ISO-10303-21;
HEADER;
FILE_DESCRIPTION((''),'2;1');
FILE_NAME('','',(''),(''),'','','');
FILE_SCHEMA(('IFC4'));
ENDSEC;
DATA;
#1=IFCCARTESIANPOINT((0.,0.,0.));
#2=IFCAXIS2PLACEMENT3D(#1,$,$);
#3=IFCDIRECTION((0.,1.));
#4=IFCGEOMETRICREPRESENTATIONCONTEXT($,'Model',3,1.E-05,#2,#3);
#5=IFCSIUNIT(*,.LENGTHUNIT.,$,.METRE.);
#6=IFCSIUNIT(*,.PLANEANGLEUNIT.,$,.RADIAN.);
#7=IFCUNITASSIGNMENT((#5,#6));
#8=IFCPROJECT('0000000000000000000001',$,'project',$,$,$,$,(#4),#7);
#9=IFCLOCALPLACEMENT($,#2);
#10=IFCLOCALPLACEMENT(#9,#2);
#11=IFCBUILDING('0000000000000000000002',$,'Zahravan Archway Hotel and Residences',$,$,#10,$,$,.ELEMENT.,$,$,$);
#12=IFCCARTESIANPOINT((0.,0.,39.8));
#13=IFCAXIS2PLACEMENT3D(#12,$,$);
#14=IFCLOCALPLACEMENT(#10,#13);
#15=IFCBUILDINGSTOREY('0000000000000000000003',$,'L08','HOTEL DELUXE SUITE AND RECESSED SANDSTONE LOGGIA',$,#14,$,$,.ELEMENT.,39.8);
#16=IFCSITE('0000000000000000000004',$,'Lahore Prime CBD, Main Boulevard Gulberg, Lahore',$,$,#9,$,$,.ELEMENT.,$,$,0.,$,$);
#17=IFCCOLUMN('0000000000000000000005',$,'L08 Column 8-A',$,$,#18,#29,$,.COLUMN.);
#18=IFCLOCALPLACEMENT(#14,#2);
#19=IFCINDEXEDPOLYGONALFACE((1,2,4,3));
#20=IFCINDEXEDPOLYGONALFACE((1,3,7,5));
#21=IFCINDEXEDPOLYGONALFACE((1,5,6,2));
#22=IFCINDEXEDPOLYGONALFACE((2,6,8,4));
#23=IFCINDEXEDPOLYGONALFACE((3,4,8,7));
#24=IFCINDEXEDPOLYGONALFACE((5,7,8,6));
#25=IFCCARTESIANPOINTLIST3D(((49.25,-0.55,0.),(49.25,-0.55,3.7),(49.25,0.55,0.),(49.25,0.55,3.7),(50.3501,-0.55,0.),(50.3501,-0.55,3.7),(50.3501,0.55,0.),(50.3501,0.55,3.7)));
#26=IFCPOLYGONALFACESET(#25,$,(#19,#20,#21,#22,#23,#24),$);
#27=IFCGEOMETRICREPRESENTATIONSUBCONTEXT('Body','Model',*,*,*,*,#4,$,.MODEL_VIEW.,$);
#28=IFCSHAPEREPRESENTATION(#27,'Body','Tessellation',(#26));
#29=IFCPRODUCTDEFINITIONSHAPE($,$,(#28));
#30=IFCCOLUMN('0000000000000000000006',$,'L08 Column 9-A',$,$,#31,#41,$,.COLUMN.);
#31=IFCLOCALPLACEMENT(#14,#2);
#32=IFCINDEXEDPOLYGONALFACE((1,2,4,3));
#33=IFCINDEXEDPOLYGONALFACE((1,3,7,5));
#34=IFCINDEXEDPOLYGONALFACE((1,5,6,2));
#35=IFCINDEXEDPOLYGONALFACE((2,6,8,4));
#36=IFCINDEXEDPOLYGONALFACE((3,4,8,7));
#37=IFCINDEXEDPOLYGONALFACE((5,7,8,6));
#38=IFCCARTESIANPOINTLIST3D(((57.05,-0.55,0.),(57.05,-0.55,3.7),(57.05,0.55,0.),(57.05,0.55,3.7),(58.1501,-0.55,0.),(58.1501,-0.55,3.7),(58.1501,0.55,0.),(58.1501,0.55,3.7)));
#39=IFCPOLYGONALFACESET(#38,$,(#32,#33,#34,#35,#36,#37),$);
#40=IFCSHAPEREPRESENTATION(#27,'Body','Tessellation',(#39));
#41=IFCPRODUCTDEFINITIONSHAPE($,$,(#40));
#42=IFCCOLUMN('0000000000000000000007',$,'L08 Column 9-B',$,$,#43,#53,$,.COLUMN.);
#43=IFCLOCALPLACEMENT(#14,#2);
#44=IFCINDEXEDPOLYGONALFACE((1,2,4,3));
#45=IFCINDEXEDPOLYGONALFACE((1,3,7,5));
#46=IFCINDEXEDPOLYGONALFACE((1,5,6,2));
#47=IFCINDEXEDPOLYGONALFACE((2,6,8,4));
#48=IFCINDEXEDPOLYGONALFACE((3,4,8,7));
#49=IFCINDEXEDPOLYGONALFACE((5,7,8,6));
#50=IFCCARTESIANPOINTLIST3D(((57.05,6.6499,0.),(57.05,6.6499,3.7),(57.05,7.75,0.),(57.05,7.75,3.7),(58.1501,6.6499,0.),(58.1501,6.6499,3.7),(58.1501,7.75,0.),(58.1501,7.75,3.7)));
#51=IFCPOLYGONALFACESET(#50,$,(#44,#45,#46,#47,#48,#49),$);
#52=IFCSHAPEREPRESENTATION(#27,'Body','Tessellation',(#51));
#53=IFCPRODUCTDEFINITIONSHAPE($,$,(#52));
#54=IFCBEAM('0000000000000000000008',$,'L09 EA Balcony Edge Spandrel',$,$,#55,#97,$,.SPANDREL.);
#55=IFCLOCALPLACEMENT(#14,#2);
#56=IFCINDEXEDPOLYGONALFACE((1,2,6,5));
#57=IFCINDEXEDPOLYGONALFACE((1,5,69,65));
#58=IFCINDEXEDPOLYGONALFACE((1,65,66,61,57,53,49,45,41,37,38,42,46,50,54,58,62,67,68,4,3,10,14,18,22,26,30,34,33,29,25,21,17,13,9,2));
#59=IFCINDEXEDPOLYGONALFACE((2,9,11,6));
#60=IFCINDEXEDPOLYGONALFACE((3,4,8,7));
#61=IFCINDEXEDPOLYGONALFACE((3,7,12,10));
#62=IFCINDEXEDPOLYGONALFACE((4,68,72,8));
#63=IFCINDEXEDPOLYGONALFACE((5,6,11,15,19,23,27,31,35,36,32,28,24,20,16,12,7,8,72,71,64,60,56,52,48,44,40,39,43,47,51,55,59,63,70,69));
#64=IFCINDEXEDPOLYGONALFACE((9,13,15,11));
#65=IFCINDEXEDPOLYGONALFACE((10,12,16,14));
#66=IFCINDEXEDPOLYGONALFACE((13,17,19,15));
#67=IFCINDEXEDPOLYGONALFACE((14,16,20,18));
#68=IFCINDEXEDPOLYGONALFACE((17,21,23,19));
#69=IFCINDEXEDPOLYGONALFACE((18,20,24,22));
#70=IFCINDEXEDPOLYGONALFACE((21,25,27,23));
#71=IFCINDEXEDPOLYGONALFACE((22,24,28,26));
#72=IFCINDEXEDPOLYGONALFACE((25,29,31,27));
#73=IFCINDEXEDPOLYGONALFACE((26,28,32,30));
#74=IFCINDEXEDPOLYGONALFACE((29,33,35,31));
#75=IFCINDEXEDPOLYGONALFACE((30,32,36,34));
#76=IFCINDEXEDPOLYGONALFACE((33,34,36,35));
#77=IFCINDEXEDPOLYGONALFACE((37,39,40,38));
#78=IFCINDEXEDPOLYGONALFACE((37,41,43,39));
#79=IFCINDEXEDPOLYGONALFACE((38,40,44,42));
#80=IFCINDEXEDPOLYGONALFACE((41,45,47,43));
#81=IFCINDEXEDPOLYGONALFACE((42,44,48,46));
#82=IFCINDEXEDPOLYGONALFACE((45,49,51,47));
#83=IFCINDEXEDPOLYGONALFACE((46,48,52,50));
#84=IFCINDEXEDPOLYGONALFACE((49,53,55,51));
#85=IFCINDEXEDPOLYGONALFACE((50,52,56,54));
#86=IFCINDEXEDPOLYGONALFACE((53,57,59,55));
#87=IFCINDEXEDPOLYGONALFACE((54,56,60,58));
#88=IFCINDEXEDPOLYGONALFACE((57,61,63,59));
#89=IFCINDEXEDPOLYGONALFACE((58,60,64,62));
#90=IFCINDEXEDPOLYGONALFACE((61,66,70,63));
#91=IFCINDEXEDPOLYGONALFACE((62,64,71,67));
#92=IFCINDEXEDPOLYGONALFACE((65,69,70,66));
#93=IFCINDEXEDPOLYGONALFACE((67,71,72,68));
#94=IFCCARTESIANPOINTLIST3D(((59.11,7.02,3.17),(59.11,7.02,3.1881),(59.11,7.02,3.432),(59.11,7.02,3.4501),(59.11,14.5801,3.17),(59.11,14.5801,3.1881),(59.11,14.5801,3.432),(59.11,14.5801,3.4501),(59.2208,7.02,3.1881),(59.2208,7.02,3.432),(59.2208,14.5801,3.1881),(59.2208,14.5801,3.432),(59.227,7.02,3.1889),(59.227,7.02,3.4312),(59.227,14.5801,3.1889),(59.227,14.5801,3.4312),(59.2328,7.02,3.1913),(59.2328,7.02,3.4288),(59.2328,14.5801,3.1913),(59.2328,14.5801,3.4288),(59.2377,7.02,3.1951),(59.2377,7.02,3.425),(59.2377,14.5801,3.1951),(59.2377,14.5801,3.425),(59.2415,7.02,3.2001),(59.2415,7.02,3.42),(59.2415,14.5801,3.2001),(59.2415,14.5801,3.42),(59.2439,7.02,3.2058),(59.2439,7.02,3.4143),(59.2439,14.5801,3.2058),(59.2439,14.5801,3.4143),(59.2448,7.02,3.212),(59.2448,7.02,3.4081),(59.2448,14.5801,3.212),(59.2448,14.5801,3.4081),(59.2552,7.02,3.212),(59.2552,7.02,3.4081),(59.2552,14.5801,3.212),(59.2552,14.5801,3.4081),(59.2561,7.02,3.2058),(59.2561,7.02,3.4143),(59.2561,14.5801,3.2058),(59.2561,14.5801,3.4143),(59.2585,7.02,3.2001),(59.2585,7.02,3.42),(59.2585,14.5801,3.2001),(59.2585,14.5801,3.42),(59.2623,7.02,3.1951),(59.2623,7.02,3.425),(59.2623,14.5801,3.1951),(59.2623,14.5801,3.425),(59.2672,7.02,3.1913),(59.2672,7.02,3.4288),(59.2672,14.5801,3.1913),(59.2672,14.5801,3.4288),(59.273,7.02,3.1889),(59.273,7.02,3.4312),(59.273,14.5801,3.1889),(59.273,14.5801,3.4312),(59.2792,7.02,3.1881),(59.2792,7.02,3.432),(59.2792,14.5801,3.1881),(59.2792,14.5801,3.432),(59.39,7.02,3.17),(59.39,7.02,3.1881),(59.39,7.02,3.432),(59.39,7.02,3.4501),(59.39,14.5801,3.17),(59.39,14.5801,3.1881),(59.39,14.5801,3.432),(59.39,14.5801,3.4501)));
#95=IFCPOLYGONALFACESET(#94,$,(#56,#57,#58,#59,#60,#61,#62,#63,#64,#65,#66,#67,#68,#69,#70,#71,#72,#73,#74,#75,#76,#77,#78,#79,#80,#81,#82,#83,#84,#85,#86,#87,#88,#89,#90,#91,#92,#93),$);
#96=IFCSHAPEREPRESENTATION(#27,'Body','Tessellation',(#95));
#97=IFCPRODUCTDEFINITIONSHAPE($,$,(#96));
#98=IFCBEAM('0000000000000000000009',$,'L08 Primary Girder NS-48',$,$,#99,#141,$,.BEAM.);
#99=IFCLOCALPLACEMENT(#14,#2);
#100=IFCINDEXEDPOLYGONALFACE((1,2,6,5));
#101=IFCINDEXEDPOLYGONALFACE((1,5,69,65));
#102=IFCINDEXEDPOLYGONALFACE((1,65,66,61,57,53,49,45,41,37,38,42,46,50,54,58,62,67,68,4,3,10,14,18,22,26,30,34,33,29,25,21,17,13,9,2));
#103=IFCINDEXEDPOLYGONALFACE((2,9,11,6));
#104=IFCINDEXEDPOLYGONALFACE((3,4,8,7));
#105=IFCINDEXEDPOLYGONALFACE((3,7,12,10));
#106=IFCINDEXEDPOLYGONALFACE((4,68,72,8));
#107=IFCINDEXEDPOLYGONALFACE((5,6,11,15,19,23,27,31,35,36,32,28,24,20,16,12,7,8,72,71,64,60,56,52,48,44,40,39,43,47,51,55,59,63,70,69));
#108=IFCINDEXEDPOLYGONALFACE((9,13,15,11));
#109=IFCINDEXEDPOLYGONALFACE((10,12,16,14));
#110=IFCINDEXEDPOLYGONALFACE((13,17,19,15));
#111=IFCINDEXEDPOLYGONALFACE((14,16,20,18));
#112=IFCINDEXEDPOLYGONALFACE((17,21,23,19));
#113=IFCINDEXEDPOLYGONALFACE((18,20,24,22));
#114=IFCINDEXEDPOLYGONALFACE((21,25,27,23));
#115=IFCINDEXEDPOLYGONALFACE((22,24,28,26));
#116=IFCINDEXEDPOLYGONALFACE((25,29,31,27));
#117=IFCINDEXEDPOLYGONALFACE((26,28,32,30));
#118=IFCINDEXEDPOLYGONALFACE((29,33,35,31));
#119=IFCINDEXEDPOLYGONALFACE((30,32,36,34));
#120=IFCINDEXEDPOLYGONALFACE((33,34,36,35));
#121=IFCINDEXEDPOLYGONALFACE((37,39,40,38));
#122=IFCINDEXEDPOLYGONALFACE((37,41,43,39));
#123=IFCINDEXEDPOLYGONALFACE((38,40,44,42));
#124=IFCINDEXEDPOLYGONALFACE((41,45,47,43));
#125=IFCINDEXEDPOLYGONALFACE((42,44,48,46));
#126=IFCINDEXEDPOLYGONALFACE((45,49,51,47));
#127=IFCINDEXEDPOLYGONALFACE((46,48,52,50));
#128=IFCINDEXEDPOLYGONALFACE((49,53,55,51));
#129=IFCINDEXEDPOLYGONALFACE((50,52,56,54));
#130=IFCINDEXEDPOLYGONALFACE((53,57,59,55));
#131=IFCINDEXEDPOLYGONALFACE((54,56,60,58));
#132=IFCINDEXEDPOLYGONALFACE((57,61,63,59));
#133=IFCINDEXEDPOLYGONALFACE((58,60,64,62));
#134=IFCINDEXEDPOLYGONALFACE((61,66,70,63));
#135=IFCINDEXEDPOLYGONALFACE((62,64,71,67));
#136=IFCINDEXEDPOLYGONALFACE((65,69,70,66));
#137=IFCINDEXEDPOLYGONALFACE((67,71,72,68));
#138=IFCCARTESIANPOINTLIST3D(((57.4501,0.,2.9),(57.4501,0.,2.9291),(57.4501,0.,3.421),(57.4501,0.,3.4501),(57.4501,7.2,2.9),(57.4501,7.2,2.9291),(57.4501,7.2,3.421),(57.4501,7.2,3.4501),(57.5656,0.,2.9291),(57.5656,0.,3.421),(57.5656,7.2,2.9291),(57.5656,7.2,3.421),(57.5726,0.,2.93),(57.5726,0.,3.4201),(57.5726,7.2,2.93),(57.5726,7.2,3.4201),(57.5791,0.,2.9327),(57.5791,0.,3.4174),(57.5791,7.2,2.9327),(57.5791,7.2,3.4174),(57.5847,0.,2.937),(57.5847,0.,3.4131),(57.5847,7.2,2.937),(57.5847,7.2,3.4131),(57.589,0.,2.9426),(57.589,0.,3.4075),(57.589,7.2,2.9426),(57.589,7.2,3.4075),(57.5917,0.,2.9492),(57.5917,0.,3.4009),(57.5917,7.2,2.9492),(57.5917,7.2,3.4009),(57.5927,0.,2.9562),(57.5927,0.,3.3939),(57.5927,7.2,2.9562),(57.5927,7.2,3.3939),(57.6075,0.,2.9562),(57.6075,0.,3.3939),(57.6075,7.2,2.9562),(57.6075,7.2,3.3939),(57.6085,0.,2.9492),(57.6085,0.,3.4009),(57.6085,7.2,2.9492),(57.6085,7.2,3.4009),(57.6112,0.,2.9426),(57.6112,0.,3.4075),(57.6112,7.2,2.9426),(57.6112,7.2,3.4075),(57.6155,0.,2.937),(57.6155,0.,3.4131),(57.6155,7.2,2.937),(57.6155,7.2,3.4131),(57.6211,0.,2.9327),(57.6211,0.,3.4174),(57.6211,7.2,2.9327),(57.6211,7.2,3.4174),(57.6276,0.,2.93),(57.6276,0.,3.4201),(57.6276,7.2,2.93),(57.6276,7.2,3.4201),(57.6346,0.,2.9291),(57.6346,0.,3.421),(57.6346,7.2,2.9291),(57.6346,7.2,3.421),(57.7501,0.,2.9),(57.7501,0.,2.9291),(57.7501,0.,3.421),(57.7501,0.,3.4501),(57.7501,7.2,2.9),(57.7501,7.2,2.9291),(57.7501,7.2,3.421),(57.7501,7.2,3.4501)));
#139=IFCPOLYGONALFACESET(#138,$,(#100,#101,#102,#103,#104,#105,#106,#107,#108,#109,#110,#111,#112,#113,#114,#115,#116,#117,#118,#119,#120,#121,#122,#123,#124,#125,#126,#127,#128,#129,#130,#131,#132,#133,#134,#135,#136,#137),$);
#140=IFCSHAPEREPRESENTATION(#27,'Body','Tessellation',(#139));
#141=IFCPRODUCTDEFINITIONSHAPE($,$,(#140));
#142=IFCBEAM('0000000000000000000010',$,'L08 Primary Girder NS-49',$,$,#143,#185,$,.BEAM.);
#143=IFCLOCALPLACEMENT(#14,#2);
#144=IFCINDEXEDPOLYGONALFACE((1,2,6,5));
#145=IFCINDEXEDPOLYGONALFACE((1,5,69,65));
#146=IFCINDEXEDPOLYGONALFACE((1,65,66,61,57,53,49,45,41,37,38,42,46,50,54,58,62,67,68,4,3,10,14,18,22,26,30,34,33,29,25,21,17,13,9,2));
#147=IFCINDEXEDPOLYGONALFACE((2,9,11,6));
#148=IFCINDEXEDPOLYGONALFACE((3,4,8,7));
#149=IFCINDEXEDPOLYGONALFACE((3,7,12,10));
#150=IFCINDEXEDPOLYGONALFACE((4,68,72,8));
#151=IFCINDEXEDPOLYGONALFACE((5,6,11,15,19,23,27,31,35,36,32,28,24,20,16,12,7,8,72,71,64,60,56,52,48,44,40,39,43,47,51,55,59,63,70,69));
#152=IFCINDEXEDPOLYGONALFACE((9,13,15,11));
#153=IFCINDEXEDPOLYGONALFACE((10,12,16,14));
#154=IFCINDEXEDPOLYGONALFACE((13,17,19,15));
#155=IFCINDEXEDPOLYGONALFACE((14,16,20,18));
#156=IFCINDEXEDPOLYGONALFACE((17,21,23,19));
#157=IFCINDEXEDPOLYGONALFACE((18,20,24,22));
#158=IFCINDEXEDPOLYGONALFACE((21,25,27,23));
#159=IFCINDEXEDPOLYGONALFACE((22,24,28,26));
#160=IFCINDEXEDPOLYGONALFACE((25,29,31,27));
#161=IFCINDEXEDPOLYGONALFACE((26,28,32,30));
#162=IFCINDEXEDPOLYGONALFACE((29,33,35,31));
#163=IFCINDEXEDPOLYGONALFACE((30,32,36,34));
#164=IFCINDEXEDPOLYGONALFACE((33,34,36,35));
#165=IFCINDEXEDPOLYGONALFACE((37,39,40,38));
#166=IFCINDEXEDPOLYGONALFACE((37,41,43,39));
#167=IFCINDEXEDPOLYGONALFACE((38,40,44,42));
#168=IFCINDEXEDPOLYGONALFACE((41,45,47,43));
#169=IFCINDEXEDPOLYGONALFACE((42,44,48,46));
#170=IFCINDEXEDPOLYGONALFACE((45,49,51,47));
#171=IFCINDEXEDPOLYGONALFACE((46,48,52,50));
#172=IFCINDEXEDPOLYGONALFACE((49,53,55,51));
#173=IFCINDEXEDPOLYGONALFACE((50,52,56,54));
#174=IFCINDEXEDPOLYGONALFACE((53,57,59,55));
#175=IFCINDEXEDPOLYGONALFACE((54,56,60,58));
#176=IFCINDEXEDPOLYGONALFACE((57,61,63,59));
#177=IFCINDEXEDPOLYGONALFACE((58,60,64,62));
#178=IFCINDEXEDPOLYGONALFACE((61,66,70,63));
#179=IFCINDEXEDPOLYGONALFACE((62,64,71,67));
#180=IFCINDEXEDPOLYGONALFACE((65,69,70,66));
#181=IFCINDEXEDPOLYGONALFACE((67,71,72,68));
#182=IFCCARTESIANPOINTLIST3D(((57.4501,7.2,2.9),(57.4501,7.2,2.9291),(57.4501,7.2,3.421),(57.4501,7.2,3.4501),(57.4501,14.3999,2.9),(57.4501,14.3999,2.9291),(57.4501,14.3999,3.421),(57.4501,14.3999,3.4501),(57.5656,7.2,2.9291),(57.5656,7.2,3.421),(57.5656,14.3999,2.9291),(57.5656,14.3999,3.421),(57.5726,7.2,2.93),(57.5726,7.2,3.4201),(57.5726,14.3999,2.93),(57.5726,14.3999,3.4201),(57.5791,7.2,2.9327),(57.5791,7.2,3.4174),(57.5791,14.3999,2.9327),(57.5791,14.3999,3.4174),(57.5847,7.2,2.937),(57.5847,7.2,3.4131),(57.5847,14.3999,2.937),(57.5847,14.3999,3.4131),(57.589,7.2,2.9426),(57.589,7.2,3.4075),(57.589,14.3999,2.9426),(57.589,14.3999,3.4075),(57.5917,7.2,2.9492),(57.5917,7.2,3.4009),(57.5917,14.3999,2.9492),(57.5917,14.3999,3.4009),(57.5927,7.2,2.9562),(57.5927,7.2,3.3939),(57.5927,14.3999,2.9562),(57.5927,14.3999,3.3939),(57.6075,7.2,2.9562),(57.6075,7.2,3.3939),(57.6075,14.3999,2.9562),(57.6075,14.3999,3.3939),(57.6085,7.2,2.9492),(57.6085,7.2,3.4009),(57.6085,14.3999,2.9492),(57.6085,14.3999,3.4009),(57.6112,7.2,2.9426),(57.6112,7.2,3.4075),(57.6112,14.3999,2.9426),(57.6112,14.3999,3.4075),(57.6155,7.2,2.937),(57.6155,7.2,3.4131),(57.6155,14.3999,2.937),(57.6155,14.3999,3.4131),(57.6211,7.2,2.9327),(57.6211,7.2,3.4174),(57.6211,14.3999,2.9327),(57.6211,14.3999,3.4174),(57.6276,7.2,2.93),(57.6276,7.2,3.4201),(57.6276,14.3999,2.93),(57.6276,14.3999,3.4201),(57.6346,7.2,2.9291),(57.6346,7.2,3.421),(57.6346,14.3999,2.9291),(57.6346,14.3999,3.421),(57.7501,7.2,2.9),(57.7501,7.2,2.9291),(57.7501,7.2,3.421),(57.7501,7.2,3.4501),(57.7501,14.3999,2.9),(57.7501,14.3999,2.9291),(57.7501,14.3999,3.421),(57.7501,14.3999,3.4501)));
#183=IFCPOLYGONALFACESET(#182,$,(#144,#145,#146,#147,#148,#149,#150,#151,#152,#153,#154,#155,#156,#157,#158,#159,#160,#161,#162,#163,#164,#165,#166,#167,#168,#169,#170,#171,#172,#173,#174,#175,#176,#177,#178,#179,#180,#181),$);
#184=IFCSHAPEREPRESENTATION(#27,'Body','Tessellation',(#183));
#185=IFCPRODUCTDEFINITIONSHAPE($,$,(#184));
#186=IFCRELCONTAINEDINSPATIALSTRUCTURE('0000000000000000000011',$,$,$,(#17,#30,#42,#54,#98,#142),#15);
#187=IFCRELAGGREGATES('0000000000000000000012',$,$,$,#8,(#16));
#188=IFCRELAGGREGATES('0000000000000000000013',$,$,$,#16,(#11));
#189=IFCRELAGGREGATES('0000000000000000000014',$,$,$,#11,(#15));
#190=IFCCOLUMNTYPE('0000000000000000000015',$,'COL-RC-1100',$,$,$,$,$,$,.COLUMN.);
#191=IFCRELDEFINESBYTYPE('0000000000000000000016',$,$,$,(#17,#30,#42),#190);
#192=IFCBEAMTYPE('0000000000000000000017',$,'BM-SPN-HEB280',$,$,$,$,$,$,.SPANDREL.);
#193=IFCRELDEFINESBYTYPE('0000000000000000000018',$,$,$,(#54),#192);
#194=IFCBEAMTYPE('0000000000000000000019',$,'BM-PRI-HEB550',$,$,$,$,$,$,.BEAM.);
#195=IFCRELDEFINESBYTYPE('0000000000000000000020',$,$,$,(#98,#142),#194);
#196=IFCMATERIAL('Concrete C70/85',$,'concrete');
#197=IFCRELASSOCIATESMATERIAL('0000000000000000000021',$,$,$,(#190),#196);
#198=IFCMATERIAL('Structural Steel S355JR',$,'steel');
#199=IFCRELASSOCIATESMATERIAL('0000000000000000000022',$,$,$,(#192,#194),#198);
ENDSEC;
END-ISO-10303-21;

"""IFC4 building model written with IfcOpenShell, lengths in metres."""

from ifc_helpers import new_model, si_unit, direction, frame, origin, origin_2d, place, context, subcontext, project, spatial, rectangle, i_section, extrude, source, transform, mapped, material, material_profile, profile_set, type_object, type_shapes, element, save


model = new_model("IFC4")

# Units and contexts
model_context = context("Model", 3, precision=1e-05, world=origin(), true_north=direction((0.0, 1.0)))
body_context = subcontext(model_context, "Body", "Model", "MODEL_VIEW")
ifc_project = project(units=[si_unit("LENGTHUNIT", "METRE"), si_unit("PLANEANGLEUNIT", "RADIAN")], contexts=[model_context])

# Site, building, storey
site_placement = place(None, origin())
site = spatial("IfcSite", under=ifc_project, at=site_placement, Name="Lahore Prime CBD, Main Boulevard Gulberg, Lahore", CompositionType="ELEMENT", RefElevation=0.0)
building_placement = place(site_placement, origin())
building = spatial("IfcBuilding", under=site, at=building_placement, Name="Zahravan Archway Hotel and Residences", CompositionType="ELEMENT")
storey_placement = place(building_placement, frame((0.0, 0.0, 39.8)))
storey = spatial("IfcBuildingStorey", under=building, at=storey_placement, Name="L08", Description="HOTEL DELUXE SUITE AND RECESSED SANDSTONE LOGGIA", CompositionType="ELEMENT", Elevation=39.8)

# Columns
ifc_material_1 = material(Name="Concrete C70/85", Category="concrete")
ifc_material_profile_1 = material_profile(ifc_material_1, rectangle(XDim=1.1001, YDim=1.1001, at=origin_2d()), Name="RC 1100x1100", Category="concrete")
ifc_profile_set_1 = profile_set([ifc_material_profile_1], Name="Concrete C70/85")
column_type = type_object("IfcColumnType", Name="COL-RC-1100", PredefinedType="COLUMN", material=ifc_profile_set_1)
shared_shape_1 = source(origin(), body_context, "Body", "SweptSolid", [
    extrude(rectangle(XDim=1.1001, YDim=1.1001, at=origin_2d()), origin(), (0.0, 0.0, 1.0), 3.7),
])
for number, where, z_axis, x_axis, name in (
    (1, (49.8, 0.0, 0.0), (0.0, 0.0, 1.0), (1.0, 0.0, 0.0), "L08 Column 8-A"),
    (2, (57.6001, 0.0, 0.0), (0.0, 0.0, 1.0), (1.0, 0.0, 0.0), "L08 Column 9-A"),
    (3, (57.6001, 7.2, 0.0), (0.0, 0.0, 1.0), (1.0, 0.0, 0.0), "L08 Column 9-B"),
):
    element("IfcColumn", number, at=place(storey_placement, frame(where, z_axis=z_axis, x_axis=x_axis)), inside=storey, type_object=column_type, Name=name, PredefinedType="COLUMN", context=body_context, shape_type="MappedRepresentation", body=[
        mapped(shared_shape_1, transform((0.0, 0.0, 0.0), scale=1.0)),
    ])

# Beams
ifc_material_2 = material(Name="Structural Steel S355JR", Category="steel")
ifc_material_profile_2 = material_profile(ifc_material_2, i_section(OverallWidth=0.28, OverallDepth=0.28, WebThickness=0.0105, FlangeThickness=0.0181, FilletRadius=0.0239, at=origin_2d()), Name="HEB 280", Category="steel")
ifc_profile_set_2 = profile_set([ifc_material_profile_2], Name="Structural Steel S355JR")
beam_type_1 = type_object("IfcBeamType", Name="BM-SPN-HEB280", PredefinedType="SPANDREL", material=ifc_profile_set_2)
shared_shape_2 = source(origin(), body_context, "Body", "SweptSolid", [
    extrude(i_section(OverallWidth=0.28, OverallDepth=0.28, WebThickness=0.0105, FlangeThickness=0.0181, FilletRadius=0.0239, at=origin_2d()), origin(), (0.0, 0.0, 1.0), 7.5601),
])
type_shapes(beam_type_1, [shared_shape_2])
beam_1_placement = place(storey_placement, frame((59.25, 7.02, 3.3101), z_axis=(0.0, 1.0, 0.0), x_axis=(-1.0, 0.0, 0.0)))
element("IfcBeam", 4, at=beam_1_placement, inside=storey, type_object=beam_type_1, Name="L09 EA Balcony Edge Spandrel", PredefinedType="SPANDREL", context=body_context, shape_type="MappedRepresentation", body=[
    mapped(shared_shape_2, transform((0.0, 0.0, 0.0), scale=1.0)),
])
ifc_material_profile_3 = material_profile(ifc_material_2, i_section(OverallWidth=0.3, OverallDepth=0.55, WebThickness=0.0149, FlangeThickness=0.0291, FilletRadius=0.0271, at=origin_2d()), Name="HEB 550", Category="steel")
ifc_profile_set_3 = profile_set([ifc_material_profile_3], Name="Structural Steel S355JR")
beam_type_2 = type_object("IfcBeamType", Name="BM-PRI-HEB550", PredefinedType="BEAM", material=ifc_profile_set_3)
shared_shape_3 = source(origin(), body_context, "Body", "SweptSolid", [
    extrude(i_section(OverallWidth=0.3, OverallDepth=0.55, WebThickness=0.0149, FlangeThickness=0.0291, FilletRadius=0.0271, at=origin_2d()), origin(), (0.0, 0.0, 1.0), 7.2),
])
for number, where, z_axis, x_axis, name in (
    (5, (57.6001, 0.0, 3.175), (0.0, 1.0, 0.0), (-1.0, 0.0, 0.0), "L08 Primary Girder NS-48"),
    (6, (57.6001, 7.2, 3.175), (0.0, 1.0, 0.0), (-1.0, 0.0, 0.0), "L08 Primary Girder NS-49"),
):
    element("IfcBeam", number, at=place(storey_placement, frame(where, z_axis=z_axis, x_axis=x_axis)), inside=storey, type_object=beam_type_2, Name=name, PredefinedType="BEAM", context=body_context, shape_type="MappedRepresentation", body=[
        mapped(shared_shape_3, transform((0.0, 0.0, 0.0), scale=1.0)),
    ])

save(model, "model.ifc")
